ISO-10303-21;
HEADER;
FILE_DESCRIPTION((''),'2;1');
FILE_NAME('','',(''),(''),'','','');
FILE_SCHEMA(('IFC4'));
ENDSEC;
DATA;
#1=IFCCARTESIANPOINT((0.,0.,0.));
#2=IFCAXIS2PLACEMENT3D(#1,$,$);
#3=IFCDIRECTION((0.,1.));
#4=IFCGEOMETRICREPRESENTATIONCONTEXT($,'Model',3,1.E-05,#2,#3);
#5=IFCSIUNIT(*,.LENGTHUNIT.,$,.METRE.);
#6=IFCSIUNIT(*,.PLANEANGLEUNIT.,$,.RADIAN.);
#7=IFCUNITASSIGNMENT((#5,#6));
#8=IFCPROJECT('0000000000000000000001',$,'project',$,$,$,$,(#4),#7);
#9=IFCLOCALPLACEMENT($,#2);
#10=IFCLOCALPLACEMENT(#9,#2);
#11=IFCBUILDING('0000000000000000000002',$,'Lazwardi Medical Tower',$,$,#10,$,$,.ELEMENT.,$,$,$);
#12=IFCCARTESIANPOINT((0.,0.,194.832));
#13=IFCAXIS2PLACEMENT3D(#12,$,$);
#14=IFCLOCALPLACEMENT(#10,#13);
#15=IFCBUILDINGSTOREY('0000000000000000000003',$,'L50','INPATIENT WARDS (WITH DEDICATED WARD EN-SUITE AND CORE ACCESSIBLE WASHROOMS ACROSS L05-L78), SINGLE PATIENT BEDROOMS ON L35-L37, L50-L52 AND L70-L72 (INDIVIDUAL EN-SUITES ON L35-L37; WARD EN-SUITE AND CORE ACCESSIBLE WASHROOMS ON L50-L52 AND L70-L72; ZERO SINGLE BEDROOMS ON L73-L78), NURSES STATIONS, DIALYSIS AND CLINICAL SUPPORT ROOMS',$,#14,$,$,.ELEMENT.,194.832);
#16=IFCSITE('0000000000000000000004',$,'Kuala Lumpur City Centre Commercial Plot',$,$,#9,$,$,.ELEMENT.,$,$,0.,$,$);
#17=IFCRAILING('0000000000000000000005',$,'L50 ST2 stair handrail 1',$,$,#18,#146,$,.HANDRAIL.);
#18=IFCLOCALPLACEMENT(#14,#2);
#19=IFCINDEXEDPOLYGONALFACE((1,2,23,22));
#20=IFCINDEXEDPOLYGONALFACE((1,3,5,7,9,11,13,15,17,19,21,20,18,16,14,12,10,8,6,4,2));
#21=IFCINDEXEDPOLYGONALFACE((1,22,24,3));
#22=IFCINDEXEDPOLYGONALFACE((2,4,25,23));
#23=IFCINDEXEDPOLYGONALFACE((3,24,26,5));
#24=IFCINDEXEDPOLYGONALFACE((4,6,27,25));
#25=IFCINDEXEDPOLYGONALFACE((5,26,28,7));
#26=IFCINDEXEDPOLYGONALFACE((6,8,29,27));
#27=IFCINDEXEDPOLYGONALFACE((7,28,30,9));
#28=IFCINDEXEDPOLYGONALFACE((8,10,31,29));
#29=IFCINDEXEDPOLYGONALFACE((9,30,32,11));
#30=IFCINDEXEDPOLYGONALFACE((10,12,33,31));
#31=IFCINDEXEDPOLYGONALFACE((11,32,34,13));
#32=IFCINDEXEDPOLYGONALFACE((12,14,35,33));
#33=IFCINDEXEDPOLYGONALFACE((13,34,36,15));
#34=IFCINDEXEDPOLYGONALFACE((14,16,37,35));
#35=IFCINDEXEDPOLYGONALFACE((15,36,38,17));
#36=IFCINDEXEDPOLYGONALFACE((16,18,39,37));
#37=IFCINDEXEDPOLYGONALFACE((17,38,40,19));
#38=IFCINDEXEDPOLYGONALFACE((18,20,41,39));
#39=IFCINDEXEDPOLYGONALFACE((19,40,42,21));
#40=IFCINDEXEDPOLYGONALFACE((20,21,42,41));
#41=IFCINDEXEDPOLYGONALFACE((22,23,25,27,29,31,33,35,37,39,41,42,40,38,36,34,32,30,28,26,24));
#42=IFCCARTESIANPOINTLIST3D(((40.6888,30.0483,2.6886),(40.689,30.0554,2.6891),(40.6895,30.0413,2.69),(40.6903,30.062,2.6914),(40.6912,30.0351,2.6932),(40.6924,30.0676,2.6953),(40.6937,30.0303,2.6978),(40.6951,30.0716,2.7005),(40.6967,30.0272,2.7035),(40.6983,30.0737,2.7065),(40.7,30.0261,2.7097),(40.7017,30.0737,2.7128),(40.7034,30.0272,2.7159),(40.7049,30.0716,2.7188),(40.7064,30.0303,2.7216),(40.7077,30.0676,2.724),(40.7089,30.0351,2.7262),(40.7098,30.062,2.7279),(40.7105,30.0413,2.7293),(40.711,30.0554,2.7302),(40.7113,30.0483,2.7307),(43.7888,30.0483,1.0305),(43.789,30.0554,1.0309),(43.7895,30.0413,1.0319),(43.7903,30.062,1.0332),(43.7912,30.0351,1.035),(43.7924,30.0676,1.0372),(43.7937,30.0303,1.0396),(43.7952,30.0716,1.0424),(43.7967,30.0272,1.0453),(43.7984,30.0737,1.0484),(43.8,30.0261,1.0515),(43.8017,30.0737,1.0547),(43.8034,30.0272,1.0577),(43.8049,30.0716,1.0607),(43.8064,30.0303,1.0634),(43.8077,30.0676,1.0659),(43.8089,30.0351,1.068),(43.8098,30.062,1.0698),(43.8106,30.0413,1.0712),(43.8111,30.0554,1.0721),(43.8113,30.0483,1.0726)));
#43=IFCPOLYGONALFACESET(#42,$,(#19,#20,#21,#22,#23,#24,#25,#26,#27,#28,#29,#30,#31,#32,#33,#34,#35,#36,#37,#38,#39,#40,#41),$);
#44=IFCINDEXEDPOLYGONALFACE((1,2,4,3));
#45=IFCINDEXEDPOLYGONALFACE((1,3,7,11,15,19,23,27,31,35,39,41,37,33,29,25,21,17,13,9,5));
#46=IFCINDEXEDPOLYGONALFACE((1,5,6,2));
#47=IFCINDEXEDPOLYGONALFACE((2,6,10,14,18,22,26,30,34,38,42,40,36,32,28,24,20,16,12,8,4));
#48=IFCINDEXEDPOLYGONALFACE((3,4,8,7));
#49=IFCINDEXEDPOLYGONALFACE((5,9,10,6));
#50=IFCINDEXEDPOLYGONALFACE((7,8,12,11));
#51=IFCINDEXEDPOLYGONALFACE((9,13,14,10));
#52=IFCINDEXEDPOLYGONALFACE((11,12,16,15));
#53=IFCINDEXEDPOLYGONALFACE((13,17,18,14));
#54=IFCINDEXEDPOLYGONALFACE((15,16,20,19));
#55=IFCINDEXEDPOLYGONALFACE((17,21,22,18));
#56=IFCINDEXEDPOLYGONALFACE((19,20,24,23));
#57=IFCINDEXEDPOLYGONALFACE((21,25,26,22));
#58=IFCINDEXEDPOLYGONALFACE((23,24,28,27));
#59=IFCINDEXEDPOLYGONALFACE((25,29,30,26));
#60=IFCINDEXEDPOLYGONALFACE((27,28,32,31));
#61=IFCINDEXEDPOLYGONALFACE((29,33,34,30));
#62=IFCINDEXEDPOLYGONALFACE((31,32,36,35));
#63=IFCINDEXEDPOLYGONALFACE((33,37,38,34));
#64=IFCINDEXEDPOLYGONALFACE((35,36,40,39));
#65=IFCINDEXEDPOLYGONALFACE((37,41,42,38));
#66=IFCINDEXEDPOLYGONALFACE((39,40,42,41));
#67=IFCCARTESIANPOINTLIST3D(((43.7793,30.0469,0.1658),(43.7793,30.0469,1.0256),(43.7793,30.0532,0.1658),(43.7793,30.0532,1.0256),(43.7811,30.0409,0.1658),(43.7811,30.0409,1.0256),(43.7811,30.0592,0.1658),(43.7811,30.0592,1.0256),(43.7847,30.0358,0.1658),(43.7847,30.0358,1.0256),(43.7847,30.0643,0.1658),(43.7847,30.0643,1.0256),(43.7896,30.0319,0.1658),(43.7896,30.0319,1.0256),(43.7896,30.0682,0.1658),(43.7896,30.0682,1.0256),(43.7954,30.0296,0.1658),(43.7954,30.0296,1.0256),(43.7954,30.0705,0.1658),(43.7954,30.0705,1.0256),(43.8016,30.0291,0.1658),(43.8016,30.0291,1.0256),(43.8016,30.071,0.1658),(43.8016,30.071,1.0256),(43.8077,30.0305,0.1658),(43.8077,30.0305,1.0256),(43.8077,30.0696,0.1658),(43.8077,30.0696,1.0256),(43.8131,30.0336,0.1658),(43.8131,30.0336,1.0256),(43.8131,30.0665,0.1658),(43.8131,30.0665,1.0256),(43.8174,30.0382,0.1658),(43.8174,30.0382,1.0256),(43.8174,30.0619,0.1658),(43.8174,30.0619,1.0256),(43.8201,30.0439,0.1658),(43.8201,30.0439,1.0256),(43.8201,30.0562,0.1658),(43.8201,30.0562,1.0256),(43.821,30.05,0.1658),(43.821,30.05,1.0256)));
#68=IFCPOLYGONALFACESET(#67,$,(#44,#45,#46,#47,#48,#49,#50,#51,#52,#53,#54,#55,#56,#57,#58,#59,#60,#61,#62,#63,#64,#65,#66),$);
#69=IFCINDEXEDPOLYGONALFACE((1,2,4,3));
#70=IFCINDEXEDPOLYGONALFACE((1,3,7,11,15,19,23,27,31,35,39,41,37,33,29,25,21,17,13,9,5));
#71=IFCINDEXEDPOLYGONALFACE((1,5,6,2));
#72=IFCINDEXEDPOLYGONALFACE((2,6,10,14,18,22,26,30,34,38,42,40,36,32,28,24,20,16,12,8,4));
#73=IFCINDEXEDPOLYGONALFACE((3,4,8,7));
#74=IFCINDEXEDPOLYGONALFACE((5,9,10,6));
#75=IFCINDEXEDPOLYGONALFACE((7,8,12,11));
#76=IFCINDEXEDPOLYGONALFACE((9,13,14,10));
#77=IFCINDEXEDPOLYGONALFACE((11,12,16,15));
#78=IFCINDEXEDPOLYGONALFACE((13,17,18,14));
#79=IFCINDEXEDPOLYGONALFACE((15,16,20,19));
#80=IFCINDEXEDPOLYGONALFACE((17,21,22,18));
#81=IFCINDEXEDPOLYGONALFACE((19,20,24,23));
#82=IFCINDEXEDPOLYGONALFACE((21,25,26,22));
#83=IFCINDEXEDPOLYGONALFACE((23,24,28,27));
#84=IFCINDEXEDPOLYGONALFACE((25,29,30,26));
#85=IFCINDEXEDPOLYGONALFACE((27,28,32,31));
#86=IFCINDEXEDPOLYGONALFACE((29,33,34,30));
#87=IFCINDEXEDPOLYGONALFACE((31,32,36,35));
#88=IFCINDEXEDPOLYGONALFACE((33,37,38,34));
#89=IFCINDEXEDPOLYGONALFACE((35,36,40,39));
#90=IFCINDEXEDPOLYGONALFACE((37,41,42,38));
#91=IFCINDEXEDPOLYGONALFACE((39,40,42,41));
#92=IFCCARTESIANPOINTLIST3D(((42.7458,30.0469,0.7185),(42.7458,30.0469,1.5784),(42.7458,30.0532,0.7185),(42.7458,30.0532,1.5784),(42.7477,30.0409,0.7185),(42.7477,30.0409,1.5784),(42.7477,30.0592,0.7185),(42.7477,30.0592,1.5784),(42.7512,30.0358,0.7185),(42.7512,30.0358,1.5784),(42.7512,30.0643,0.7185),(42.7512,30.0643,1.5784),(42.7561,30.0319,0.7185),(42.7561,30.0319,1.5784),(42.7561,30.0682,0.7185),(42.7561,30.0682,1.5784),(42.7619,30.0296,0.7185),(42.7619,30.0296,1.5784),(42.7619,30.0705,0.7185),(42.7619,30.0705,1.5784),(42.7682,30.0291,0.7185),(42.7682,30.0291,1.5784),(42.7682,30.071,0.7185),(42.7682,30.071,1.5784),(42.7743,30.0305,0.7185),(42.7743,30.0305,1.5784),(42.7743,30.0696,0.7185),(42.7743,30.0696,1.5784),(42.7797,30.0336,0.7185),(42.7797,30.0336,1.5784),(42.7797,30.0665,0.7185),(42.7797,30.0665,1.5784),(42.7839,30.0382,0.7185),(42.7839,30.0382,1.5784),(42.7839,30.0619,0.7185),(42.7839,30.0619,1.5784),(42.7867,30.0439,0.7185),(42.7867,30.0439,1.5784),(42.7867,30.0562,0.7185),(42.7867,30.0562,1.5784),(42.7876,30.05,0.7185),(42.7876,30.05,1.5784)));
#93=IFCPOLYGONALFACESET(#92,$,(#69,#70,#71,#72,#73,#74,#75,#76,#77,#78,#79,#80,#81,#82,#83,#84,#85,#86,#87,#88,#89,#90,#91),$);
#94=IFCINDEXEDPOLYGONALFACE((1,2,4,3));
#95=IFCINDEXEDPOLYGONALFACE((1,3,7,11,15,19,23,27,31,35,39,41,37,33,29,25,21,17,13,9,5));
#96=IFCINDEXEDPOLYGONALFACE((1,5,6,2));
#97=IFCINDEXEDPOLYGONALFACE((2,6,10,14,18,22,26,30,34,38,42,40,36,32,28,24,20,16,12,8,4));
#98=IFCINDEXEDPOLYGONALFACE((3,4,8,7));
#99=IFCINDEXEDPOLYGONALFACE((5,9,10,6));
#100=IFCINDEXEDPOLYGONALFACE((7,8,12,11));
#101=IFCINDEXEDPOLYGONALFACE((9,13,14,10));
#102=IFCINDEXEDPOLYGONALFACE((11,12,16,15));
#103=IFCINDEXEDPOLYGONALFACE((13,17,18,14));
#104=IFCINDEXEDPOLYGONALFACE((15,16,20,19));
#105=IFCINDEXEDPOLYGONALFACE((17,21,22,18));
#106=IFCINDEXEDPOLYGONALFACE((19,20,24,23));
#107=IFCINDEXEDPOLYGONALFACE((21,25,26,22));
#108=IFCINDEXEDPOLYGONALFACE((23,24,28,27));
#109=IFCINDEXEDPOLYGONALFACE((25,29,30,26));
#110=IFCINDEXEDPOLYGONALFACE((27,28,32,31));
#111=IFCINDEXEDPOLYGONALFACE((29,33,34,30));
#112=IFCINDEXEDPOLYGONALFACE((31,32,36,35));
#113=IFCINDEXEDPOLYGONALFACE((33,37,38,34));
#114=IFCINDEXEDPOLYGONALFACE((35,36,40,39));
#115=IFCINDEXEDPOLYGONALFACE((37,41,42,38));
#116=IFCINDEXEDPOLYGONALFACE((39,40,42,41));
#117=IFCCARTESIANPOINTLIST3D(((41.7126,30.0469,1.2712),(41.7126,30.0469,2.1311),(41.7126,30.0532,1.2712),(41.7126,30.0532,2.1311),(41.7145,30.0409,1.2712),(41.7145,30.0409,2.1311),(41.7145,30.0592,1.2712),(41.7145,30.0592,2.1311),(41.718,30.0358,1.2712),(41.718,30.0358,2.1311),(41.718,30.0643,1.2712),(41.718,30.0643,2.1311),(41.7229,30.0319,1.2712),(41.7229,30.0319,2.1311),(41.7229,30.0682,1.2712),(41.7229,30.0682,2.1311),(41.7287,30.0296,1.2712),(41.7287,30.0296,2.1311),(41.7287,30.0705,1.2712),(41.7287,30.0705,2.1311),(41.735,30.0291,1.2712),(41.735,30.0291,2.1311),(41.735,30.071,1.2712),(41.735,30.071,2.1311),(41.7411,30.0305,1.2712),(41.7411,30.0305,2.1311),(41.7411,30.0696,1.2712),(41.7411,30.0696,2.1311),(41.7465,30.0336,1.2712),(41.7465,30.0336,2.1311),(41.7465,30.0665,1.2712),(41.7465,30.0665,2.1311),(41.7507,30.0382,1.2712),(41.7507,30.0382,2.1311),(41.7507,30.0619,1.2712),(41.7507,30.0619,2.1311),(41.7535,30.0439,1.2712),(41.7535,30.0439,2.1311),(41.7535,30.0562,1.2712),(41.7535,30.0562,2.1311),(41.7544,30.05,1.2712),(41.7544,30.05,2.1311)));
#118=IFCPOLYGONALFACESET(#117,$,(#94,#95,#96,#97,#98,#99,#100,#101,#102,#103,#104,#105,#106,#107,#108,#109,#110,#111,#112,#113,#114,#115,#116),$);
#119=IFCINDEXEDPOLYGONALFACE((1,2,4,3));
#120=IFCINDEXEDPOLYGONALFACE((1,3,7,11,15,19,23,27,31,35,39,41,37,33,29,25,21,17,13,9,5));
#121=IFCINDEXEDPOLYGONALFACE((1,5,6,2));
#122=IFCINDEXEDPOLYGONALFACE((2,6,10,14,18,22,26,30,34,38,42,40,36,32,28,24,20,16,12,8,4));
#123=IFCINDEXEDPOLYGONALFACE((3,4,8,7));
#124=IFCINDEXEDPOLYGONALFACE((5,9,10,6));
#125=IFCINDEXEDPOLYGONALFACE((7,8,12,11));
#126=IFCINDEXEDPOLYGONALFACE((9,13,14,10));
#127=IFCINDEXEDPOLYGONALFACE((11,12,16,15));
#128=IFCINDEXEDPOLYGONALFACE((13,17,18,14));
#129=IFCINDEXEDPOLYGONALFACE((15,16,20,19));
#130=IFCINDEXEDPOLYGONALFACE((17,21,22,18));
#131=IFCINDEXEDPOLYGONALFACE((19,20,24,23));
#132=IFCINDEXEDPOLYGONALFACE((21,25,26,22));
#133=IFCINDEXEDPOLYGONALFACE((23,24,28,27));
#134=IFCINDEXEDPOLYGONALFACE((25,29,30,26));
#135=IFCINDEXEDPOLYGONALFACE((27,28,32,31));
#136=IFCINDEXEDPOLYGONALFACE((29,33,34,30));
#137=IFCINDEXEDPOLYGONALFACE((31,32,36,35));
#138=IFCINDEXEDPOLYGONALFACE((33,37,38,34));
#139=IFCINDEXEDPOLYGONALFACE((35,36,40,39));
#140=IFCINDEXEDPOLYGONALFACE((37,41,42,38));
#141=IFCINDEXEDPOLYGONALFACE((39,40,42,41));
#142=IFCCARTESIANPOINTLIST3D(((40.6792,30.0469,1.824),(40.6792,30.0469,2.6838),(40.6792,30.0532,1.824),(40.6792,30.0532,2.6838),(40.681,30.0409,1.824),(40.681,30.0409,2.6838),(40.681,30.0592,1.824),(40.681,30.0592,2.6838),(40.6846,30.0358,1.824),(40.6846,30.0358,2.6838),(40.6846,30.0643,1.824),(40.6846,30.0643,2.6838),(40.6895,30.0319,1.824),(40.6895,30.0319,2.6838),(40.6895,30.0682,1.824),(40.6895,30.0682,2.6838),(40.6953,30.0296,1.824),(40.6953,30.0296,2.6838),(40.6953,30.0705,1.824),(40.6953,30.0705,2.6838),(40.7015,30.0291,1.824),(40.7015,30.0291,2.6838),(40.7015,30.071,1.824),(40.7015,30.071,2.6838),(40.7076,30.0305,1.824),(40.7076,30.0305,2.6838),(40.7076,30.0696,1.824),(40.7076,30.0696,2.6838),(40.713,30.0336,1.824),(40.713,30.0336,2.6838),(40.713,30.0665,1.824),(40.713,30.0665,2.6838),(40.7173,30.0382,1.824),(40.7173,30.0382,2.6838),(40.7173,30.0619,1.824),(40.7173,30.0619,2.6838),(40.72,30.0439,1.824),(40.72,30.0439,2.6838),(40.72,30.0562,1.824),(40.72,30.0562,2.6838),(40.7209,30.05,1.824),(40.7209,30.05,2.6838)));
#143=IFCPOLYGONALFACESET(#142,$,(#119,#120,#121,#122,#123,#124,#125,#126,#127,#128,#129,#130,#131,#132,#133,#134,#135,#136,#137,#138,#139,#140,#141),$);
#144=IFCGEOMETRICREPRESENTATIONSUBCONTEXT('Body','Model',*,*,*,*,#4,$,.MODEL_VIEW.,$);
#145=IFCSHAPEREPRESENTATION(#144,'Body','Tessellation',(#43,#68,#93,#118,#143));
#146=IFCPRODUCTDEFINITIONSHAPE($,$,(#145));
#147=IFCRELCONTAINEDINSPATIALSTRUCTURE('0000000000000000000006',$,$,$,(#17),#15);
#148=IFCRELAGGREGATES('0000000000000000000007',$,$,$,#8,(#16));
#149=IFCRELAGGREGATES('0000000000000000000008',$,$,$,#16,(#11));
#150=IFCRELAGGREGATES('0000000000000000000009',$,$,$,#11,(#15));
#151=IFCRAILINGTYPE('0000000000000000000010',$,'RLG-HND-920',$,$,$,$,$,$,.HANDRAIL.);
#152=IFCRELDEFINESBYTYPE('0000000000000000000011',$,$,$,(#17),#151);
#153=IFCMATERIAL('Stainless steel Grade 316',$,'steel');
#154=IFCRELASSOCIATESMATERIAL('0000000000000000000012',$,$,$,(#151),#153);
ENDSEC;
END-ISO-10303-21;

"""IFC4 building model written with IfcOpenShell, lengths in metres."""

from ifc_helpers import new_model, si_unit, direction, frame, origin, origin_2d, place, context, subcontext, project, spatial, circle, extrude, material, type_object, element, save


model = new_model("IFC4")

# Units and contexts
model_context = context("Model", 3, precision=1e-05, world=origin(), true_north=direction((0.0, 1.0)))
body_context = subcontext(model_context, "Body", "Model", "MODEL_VIEW")
ifc_project = project(units=[si_unit("LENGTHUNIT", "METRE"), si_unit("PLANEANGLEUNIT", "RADIAN")], contexts=[model_context])

# Site, building, storey
site_placement = place(None, origin())
site = spatial("IfcSite", under=ifc_project, at=site_placement, Name="Kuala Lumpur City Centre Commercial Plot", CompositionType="ELEMENT", RefElevation=0.0)
building_placement = place(site_placement, origin())
building = spatial("IfcBuilding", under=site, at=building_placement, Name="Lazwardi Medical Tower", CompositionType="ELEMENT")
storey_placement = place(building_placement, frame((0.0, 0.0, 194.832)))
storey = spatial("IfcBuildingStorey", under=building, at=storey_placement, Name="L50", Description="INPATIENT WARDS (WITH DEDICATED WARD EN-SUITE AND CORE ACCESSIBLE WASHROOMS ACROSS L05-L78), SINGLE PATIENT BEDROOMS ON L35-L37, L50-L52 AND L70-L72 (INDIVIDUAL EN-SUITES ON L35-L37; WARD EN-SUITE AND CORE ACCESSIBLE WASHROOMS ON L50-L52 AND L70-L72; ZERO SINGLE BEDROOMS ON L73-L78), NURSES STATIONS, DIALYSIS AND CLINICAL SUPPORT ROOMS", CompositionType="ELEMENT", Elevation=194.832)

# Railing
ifc_material_1 = material(Name="Stainless steel Grade 316", Category="steel")
railing_type_1 = type_object("IfcRailingType", Name="RLG-HND-920", PredefinedType="HANDRAIL", material=ifc_material_1)
railing_1_placement = place(storey_placement, frame((43.8, 30.05, 0.1658)))
element("IfcRailing", 1, at=railing_1_placement, inside=storey, type_object=railing_type_1, Name="L50 ST2 stair handrail 1", PredefinedType="HANDRAIL", context=body_context, shape_type="SweptSolid", body=[
    extrude(circle(Radius=0.0239, at=origin_2d()), frame((0.0, 0.0, 0.8857), z_axis=(-0.881783, 0.0, 0.471655), x_axis=(0.0, -1.0, 0.0)), (0.0, 0.0, 1.0), 3.5156),
    extrude(circle(Radius=0.021, at=origin_2d()), origin(), (0.0, 0.0, 1.0), 0.8599),
    extrude(circle(Radius=0.021, at=origin_2d()), frame((-1.0334, 0.0, 0.5527)), (0.0, 0.0, 1.0), 0.8599),
    extrude(circle(Radius=0.021, at=origin_2d()), frame((-2.0667, 0.0, 1.1055)), (0.0, 0.0, 1.0), 0.8599),
    extrude(circle(Radius=0.021, at=origin_2d()), frame((-3.1001, 0.0, 1.6582)), (0.0, 0.0, 1.0), 0.8599),
])

save(model, "model.ifc")
